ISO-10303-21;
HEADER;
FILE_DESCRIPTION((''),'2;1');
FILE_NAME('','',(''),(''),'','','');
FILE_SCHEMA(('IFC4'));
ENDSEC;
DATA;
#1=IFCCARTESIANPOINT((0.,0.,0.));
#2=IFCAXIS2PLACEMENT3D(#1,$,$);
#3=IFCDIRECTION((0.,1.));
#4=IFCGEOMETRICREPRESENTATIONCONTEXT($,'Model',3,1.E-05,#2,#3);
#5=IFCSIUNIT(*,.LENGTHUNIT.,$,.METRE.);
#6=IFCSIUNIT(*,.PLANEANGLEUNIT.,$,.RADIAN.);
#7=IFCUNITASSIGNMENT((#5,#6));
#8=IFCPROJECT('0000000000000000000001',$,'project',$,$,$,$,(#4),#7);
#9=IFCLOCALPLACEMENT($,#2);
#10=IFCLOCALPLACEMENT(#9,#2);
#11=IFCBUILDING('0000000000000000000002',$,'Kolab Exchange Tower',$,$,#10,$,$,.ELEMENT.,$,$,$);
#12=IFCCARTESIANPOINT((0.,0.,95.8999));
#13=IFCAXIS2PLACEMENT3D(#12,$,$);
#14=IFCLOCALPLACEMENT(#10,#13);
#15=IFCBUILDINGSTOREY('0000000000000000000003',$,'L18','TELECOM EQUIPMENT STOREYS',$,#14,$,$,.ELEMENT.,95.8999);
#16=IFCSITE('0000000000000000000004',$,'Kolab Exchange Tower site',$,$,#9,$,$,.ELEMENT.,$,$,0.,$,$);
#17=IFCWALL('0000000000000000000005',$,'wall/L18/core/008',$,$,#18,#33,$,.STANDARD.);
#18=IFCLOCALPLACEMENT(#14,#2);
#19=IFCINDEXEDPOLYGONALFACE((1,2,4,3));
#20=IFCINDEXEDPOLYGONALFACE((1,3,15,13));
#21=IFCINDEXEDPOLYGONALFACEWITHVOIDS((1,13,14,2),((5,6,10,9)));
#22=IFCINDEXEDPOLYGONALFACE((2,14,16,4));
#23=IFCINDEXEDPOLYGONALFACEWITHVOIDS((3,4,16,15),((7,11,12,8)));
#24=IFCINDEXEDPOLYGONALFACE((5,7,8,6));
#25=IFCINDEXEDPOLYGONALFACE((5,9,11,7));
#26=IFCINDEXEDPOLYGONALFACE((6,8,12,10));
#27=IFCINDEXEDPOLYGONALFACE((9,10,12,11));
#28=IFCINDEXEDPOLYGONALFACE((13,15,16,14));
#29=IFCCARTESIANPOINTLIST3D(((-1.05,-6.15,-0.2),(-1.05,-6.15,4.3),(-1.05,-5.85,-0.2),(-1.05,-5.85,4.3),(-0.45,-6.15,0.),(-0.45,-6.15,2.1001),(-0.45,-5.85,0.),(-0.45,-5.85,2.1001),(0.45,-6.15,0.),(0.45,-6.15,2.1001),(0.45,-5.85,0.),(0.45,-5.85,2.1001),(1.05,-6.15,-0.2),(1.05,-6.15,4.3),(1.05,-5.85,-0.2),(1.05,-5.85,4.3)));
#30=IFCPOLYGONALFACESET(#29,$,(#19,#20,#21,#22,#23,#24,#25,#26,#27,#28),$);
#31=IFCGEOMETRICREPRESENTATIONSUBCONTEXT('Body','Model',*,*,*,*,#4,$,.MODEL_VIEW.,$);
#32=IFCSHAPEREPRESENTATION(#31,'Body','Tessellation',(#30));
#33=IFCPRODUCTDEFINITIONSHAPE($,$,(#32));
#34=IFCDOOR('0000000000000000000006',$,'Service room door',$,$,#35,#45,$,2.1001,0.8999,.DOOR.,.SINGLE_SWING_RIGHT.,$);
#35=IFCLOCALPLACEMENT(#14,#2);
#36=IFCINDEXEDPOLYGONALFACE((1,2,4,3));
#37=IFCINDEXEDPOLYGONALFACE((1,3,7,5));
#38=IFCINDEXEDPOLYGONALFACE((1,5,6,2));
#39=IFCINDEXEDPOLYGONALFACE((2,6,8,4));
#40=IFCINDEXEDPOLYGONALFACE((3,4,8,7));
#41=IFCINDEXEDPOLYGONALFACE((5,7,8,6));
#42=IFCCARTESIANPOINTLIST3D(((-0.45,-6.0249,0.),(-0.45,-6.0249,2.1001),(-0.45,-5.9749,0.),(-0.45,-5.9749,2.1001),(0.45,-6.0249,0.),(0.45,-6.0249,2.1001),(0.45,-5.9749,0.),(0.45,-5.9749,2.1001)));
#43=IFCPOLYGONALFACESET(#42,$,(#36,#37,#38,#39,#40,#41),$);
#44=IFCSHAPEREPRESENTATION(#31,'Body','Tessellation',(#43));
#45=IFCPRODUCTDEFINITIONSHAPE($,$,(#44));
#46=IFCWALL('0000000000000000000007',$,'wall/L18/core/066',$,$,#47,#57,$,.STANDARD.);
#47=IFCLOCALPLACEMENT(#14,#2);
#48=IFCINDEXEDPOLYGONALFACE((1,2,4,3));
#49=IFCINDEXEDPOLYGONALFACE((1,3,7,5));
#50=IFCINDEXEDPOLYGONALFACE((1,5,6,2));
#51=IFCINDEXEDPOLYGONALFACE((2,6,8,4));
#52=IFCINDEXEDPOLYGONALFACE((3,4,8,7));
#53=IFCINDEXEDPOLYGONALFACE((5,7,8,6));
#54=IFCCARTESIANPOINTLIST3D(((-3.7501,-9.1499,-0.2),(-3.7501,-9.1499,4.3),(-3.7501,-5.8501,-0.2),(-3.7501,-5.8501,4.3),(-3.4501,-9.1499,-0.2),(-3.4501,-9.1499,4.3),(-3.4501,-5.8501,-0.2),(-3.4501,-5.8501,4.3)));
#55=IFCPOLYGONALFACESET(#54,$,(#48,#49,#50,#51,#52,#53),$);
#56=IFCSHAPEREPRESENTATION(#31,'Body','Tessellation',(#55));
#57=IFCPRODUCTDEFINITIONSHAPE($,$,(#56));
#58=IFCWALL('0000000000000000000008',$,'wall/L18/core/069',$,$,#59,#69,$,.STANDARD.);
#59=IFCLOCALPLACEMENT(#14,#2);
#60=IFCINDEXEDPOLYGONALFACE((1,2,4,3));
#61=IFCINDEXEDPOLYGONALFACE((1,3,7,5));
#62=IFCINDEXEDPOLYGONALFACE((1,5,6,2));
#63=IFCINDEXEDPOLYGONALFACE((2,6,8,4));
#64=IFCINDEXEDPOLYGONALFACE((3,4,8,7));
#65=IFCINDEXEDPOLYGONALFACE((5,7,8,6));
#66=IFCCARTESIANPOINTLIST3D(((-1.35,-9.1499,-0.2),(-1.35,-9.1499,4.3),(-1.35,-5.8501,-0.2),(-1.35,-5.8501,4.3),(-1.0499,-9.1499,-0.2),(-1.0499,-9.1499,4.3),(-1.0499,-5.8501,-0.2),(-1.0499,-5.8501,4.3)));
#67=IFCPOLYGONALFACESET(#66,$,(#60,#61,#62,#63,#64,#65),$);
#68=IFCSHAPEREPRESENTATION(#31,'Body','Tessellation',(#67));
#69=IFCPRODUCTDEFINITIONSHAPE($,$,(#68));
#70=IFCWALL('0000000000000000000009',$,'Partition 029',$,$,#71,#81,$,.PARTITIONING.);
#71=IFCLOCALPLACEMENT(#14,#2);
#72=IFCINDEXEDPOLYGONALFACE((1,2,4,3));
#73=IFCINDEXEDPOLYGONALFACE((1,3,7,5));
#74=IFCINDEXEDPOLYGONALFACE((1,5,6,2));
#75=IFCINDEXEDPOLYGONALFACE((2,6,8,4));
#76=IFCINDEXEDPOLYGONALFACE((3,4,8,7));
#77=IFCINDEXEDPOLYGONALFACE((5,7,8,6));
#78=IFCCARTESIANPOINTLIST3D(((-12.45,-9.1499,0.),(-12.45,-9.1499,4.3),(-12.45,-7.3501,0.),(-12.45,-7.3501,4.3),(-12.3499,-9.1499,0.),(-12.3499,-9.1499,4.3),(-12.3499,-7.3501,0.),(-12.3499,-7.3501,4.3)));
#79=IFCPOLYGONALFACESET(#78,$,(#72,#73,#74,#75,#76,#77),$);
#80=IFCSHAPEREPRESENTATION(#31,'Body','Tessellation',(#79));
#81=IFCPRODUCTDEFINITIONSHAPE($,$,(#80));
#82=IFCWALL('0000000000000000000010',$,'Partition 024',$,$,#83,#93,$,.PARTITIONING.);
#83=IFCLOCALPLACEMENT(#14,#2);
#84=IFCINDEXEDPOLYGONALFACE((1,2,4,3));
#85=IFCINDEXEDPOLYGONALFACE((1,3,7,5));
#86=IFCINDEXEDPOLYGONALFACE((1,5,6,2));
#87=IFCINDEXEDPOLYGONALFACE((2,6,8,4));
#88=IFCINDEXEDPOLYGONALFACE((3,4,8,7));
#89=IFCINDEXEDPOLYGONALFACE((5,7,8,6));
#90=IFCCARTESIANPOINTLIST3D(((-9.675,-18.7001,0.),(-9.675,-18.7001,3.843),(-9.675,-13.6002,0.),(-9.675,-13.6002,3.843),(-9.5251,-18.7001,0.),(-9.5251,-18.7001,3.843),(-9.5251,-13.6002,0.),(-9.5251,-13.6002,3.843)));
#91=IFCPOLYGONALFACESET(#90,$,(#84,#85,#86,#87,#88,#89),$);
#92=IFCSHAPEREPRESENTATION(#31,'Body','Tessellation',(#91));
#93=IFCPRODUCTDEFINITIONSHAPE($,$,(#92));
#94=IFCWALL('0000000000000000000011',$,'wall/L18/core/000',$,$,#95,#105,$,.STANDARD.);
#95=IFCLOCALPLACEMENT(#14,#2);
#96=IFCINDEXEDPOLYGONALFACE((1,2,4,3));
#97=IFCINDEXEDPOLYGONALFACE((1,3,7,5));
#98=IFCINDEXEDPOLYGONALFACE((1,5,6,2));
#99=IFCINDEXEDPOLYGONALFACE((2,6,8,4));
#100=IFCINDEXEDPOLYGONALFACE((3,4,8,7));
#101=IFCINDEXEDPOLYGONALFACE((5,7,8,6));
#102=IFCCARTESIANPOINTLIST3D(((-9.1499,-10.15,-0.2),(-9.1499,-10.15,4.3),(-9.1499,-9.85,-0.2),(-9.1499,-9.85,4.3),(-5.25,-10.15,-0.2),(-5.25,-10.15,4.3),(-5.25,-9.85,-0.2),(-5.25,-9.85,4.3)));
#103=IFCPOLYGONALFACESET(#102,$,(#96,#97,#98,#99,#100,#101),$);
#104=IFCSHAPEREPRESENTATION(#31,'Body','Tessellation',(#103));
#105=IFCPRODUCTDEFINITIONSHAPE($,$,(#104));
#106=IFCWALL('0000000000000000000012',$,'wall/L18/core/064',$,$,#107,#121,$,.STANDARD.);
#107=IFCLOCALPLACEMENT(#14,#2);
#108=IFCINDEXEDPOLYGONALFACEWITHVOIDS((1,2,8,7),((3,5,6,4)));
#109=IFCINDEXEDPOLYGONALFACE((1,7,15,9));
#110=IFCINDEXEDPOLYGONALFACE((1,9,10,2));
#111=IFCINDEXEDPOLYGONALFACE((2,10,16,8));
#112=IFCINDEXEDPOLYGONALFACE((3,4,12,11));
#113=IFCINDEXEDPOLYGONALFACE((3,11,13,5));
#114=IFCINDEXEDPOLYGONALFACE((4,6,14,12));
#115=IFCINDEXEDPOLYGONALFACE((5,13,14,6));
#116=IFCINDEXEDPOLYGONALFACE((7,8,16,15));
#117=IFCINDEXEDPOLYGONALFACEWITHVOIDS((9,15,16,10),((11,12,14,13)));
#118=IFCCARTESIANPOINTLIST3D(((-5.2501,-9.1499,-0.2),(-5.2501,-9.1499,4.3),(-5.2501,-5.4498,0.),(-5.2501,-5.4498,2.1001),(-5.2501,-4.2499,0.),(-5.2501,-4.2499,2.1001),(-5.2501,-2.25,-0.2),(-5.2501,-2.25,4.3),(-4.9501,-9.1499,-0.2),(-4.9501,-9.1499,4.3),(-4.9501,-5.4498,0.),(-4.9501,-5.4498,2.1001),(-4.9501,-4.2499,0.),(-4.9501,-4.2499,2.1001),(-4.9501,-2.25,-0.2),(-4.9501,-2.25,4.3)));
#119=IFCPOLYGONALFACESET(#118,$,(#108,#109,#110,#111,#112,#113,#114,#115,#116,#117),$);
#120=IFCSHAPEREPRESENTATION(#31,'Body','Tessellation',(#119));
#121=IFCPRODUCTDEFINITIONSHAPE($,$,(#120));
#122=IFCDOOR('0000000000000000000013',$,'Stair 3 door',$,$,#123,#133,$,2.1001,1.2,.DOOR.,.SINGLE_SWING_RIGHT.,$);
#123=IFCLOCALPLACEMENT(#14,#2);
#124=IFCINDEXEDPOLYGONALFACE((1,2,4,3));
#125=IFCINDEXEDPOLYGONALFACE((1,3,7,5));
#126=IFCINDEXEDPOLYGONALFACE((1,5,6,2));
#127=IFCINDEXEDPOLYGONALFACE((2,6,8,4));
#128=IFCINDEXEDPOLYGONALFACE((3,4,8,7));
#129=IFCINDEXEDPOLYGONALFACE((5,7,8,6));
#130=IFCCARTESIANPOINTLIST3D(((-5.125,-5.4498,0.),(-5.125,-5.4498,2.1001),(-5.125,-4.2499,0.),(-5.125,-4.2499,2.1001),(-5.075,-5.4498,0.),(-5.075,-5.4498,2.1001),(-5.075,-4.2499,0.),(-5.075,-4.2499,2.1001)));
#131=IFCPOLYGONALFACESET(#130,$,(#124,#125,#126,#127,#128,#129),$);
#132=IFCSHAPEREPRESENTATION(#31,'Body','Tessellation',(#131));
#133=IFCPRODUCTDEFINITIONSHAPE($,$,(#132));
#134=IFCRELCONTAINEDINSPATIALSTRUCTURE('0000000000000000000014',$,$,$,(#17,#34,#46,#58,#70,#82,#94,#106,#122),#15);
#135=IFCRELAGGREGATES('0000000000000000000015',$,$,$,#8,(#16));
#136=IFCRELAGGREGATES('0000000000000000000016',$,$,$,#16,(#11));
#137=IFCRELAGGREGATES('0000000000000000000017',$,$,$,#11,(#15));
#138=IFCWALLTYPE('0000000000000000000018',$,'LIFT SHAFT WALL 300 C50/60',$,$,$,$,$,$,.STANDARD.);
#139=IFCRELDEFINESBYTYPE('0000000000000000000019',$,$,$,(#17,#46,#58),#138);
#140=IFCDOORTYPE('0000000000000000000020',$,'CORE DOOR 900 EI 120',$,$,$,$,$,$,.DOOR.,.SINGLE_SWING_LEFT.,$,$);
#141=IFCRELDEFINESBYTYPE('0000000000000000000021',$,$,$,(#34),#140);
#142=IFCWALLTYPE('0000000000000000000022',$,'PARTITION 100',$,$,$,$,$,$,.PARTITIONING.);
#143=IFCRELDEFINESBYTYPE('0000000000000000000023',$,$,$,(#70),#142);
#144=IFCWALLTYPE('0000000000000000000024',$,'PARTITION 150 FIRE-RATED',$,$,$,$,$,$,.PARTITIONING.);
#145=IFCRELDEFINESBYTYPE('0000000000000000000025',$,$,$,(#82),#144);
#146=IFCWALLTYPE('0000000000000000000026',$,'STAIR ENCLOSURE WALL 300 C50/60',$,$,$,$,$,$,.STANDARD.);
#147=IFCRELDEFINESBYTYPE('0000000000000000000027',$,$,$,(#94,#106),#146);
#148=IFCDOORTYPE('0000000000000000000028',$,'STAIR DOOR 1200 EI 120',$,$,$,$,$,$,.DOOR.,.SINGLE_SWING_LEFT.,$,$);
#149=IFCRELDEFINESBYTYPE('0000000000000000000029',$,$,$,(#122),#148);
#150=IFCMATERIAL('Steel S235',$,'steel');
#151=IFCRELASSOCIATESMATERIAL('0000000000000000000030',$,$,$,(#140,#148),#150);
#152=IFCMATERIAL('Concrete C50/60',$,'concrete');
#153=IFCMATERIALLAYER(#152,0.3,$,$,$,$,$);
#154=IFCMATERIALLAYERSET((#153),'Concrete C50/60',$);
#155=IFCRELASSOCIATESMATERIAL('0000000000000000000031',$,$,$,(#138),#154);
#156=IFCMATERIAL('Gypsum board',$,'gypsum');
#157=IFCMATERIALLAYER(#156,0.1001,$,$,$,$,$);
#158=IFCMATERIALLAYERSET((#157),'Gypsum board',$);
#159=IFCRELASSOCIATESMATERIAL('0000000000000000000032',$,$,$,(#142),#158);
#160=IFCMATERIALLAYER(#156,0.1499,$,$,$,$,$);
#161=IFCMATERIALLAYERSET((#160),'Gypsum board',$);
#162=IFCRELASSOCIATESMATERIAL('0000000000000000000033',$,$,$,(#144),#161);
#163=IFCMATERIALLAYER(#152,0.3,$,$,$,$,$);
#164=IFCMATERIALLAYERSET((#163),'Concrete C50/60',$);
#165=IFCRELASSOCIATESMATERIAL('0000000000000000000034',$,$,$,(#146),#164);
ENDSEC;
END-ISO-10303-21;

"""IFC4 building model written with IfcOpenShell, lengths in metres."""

from ifc_helpers import new_model, si_unit, direction, frame, frame_2d, origin, place, context, subcontext, project, spatial, rectangle, extrude, material, layer, layer_set, type_object, element, fill, save


model = new_model("IFC4")

# Units and contexts
model_context = context("Model", 3, precision=1e-05, world=origin(), true_north=direction((0.0, 1.0)))
body_context = subcontext(model_context, "Body", "Model", "MODEL_VIEW")
ifc_project = project(units=[si_unit("LENGTHUNIT", "METRE"), si_unit("PLANEANGLEUNIT", "RADIAN")], contexts=[model_context])

# Site, building, storey
site_placement = place(None, origin())
site = spatial("IfcSite", under=ifc_project, at=site_placement, Name="Kolab Exchange Tower site", CompositionType="ELEMENT", RefElevation=0.0)
building_placement = place(site_placement, origin())
building = spatial("IfcBuilding", under=site, at=building_placement, Name="Kolab Exchange Tower", CompositionType="ELEMENT")
storey_placement = place(building_placement, frame((0.0, 0.0, 95.8999)))
storey = spatial("IfcBuildingStorey", under=building, at=storey_placement, Name="L18", Description="TELECOM EQUIPMENT STOREYS", CompositionType="ELEMENT", Elevation=95.8999)

# Shared definitions
ifc_material_1 = material(Name="Steel S235", Category="steel")
door_type_1 = type_object("IfcDoorType", Name="CORE DOOR 900 EI 120", OperationType="SINGLE_SWING_LEFT", PredefinedType="DOOR", material=ifc_material_1)

# Shared definitions
ifc_material_2 = material(Name="Concrete C50/60", Category="concrete")
ifc_layer_1 = layer(ifc_material_2, 0.3)
ifc_layer_set_1 = layer_set([ifc_layer_1], Name="Concrete C50/60")
wall_type_1 = type_object("IfcWallType", Name="LIFT SHAFT WALL 300 C50/60", PredefinedType="STANDARD", material=ifc_layer_set_1)

# Wall, opening, door
wall_1_placement = place(storey_placement, frame((-1.05, -6.0, -0.2), z_axis=(0.0, 0.0, 1.0), x_axis=(1.0, 0.0, 0.0)))
wall_1 = element("IfcWall", 1, at=wall_1_placement, inside=storey, type_object=wall_type_1, Name="wall/L18/core/008", PredefinedType="STANDARD", context=body_context, shape_type="SweptSolid", body=[
    extrude(rectangle(XDim=2.1001, YDim=0.3, at=frame_2d((1.05, 0.0))), origin(), (0.0, 0.0, 1.0), 4.5),
])
opening_1_placement = place(wall_1_placement, frame((0.6001, 0.0, 0.2)))
opening_1 = element("IfcOpeningElement", 2, at=opening_1_placement, cuts=wall_1, PredefinedType="OPENING", context=body_context, shape_type="SweptSolid", body=[
    extrude(rectangle(XDim=0.8999, YDim=2.1001, at=frame_2d((0.45, 1.05))), frame((0.0, 0.1602, 0.0), z_axis=(0.0, -1.0, 0.0), x_axis=(1.0, 0.0, 0.0)), (0.0, 0.0, 1.0), 0.3201),
])
door_1_placement = place(opening_1_placement, frame((0.8999, 0.0, 0.0), z_axis=(0.0, 0.0, 1.0), x_axis=(-1.0, 0.0, 0.0)))
door_1 = element("IfcDoor", 3, at=door_1_placement, inside=storey, type_object=door_type_1, Name="Service room door", OperationType="SINGLE_SWING_RIGHT", OverallHeight=2.1001, OverallWidth=0.8999, PredefinedType="DOOR", context=body_context, shape_type="SweptSolid", body=[
    extrude(rectangle(XDim=0.8999, YDim=2.1001, at=frame_2d((0.45, 1.05))), frame((0.0, 0.0249, 0.0), z_axis=(0.0, -1.0, 0.0), x_axis=(1.0, 0.0, 0.0)), (0.0, 0.0, 1.0), 0.05),
])
fill(opening_1, door_1)

# Walls
for number, where, z_axis, x_axis, name in (
    (4, (-3.6001, -9.1499, -0.2), (0.0, 0.0, 1.0), (0.0, 1.0, 0.0), "wall/L18/core/066"),
    (5, (-1.2, -9.1499, -0.2), (0.0, 0.0, 1.0), (0.0, 1.0, 0.0), "wall/L18/core/069"),
):
    element("IfcWall", number, at=place(storey_placement, frame(where, z_axis=z_axis, x_axis=x_axis)), inside=storey, type_object=wall_type_1, Name=name, PredefinedType="STANDARD", context=body_context, shape_type="SweptSolid", body=[
        extrude(rectangle(XDim=3.2998, YDim=0.3, at=frame_2d((1.6499, 0.0))), origin(), (0.0, 0.0, 1.0), 4.5),
    ])
ifc_material_3 = material(Name="Gypsum board", Category="gypsum")
ifc_layer_2 = layer(ifc_material_3, 0.1001)
ifc_layer_set_2 = layer_set([ifc_layer_2], Name="Gypsum board")
wall_type_2 = type_object("IfcWallType", Name="PARTITION 100", PredefinedType="PARTITIONING", material=ifc_layer_set_2)
wall_2_placement = place(storey_placement, frame((-12.3999, -9.1499, 0.0), z_axis=(0.0, 0.0, 1.0), x_axis=(0.0, 1.0, 0.0)))
element("IfcWall", 6, at=wall_2_placement, inside=storey, type_object=wall_type_2, Name="Partition 029", PredefinedType="PARTITIONING", context=body_context, shape_type="SweptSolid", body=[
    extrude(rectangle(XDim=1.7998, YDim=0.1001, at=frame_2d((0.8999, 0.0))), origin(), (0.0, 0.0, 1.0), 4.3),
])
ifc_layer_3 = layer(ifc_material_3, 0.1499)
ifc_layer_set_3 = layer_set([ifc_layer_3], Name="Gypsum board")
wall_type_3 = type_object("IfcWallType", Name="PARTITION 150 FIRE-RATED", PredefinedType="PARTITIONING", material=ifc_layer_set_3)
wall_3_placement = place(storey_placement, frame((-9.6001, -18.7, 0.0), z_axis=(0.0, 0.0, 1.0), x_axis=(0.0, 1.0, 0.0)))
element("IfcWall", 7, at=wall_3_placement, inside=storey, type_object=wall_type_3, Name="Partition 024", PredefinedType="PARTITIONING", context=body_context, shape_type="SweptSolid", body=[
    extrude(rectangle(XDim=5.0999, YDim=0.1499, at=frame_2d((2.5498, 0.0))), origin(), (0.0, 0.0, 1.0), 3.843),
])
ifc_layer_4 = layer(ifc_material_2, 0.3)
ifc_layer_set_4 = layer_set([ifc_layer_4], Name="Concrete C50/60")
wall_type_4 = type_object("IfcWallType", Name="STAIR ENCLOSURE WALL 300 C50/60", PredefinedType="STANDARD", material=ifc_layer_set_4)
wall_4_placement = place(storey_placement, frame((-9.1499, -10.0, -0.2), z_axis=(0.0, 0.0, 1.0), x_axis=(1.0, 0.0, 0.0)))
element("IfcWall", 8, at=wall_4_placement, inside=storey, type_object=wall_type_4, Name="wall/L18/core/000", PredefinedType="STANDARD", context=body_context, shape_type="SweptSolid", body=[
    extrude(rectangle(XDim=3.8999, YDim=0.3, at=frame_2d((1.95, 0.0))), origin(), (0.0, 0.0, 1.0), 4.5),
])

# Wall, opening, door
wall_5_placement = place(storey_placement, frame((-5.1001, -9.1499, -0.2), z_axis=(0.0, 0.0, 1.0), x_axis=(0.0, 1.0, 0.0)))
wall_5 = element("IfcWall", 9, at=wall_5_placement, inside=storey, type_object=wall_type_4, Name="wall/L18/core/064", PredefinedType="STANDARD", context=body_context, shape_type="SweptSolid", body=[
    extrude(rectangle(XDim=6.8999, YDim=0.3, at=frame_2d((3.45, 0.0))), origin(), (0.0, 0.0, 1.0), 4.5),
])
opening_2_placement = place(wall_5_placement, frame((3.7, 0.0, 0.2)))
opening_2 = element("IfcOpeningElement", 10, at=opening_2_placement, cuts=wall_5, PredefinedType="OPENING", context=body_context, shape_type="SweptSolid", body=[
    extrude(rectangle(XDim=1.2, YDim=2.1001, at=frame_2d((0.6001, 1.05))), frame((0.0, 0.1602, 0.0), z_axis=(0.0, -1.0, 0.0), x_axis=(1.0, 0.0, 0.0)), (0.0, 0.0, 1.0), 0.3201),
])
door_type_2 = type_object("IfcDoorType", Name="STAIR DOOR 1200 EI 120", OperationType="SINGLE_SWING_LEFT", PredefinedType="DOOR", material=ifc_material_1)
door_2_placement = place(opening_2_placement, origin())
door_2 = element("IfcDoor", 11, at=door_2_placement, inside=storey, type_object=door_type_2, Name="Stair 3 door", OperationType="SINGLE_SWING_RIGHT", OverallHeight=2.1001, OverallWidth=1.2, PredefinedType="DOOR", context=body_context, shape_type="SweptSolid", body=[
    extrude(rectangle(XDim=1.2, YDim=2.1001, at=frame_2d((0.6001, 1.05))), frame((0.0, 0.0249, 0.0), z_axis=(0.0, -1.0, 0.0), x_axis=(1.0, 0.0, 0.0)), (0.0, 0.0, 1.0), 0.05),
])
fill(opening_2, door_2)

save(model, "model.ifc")
